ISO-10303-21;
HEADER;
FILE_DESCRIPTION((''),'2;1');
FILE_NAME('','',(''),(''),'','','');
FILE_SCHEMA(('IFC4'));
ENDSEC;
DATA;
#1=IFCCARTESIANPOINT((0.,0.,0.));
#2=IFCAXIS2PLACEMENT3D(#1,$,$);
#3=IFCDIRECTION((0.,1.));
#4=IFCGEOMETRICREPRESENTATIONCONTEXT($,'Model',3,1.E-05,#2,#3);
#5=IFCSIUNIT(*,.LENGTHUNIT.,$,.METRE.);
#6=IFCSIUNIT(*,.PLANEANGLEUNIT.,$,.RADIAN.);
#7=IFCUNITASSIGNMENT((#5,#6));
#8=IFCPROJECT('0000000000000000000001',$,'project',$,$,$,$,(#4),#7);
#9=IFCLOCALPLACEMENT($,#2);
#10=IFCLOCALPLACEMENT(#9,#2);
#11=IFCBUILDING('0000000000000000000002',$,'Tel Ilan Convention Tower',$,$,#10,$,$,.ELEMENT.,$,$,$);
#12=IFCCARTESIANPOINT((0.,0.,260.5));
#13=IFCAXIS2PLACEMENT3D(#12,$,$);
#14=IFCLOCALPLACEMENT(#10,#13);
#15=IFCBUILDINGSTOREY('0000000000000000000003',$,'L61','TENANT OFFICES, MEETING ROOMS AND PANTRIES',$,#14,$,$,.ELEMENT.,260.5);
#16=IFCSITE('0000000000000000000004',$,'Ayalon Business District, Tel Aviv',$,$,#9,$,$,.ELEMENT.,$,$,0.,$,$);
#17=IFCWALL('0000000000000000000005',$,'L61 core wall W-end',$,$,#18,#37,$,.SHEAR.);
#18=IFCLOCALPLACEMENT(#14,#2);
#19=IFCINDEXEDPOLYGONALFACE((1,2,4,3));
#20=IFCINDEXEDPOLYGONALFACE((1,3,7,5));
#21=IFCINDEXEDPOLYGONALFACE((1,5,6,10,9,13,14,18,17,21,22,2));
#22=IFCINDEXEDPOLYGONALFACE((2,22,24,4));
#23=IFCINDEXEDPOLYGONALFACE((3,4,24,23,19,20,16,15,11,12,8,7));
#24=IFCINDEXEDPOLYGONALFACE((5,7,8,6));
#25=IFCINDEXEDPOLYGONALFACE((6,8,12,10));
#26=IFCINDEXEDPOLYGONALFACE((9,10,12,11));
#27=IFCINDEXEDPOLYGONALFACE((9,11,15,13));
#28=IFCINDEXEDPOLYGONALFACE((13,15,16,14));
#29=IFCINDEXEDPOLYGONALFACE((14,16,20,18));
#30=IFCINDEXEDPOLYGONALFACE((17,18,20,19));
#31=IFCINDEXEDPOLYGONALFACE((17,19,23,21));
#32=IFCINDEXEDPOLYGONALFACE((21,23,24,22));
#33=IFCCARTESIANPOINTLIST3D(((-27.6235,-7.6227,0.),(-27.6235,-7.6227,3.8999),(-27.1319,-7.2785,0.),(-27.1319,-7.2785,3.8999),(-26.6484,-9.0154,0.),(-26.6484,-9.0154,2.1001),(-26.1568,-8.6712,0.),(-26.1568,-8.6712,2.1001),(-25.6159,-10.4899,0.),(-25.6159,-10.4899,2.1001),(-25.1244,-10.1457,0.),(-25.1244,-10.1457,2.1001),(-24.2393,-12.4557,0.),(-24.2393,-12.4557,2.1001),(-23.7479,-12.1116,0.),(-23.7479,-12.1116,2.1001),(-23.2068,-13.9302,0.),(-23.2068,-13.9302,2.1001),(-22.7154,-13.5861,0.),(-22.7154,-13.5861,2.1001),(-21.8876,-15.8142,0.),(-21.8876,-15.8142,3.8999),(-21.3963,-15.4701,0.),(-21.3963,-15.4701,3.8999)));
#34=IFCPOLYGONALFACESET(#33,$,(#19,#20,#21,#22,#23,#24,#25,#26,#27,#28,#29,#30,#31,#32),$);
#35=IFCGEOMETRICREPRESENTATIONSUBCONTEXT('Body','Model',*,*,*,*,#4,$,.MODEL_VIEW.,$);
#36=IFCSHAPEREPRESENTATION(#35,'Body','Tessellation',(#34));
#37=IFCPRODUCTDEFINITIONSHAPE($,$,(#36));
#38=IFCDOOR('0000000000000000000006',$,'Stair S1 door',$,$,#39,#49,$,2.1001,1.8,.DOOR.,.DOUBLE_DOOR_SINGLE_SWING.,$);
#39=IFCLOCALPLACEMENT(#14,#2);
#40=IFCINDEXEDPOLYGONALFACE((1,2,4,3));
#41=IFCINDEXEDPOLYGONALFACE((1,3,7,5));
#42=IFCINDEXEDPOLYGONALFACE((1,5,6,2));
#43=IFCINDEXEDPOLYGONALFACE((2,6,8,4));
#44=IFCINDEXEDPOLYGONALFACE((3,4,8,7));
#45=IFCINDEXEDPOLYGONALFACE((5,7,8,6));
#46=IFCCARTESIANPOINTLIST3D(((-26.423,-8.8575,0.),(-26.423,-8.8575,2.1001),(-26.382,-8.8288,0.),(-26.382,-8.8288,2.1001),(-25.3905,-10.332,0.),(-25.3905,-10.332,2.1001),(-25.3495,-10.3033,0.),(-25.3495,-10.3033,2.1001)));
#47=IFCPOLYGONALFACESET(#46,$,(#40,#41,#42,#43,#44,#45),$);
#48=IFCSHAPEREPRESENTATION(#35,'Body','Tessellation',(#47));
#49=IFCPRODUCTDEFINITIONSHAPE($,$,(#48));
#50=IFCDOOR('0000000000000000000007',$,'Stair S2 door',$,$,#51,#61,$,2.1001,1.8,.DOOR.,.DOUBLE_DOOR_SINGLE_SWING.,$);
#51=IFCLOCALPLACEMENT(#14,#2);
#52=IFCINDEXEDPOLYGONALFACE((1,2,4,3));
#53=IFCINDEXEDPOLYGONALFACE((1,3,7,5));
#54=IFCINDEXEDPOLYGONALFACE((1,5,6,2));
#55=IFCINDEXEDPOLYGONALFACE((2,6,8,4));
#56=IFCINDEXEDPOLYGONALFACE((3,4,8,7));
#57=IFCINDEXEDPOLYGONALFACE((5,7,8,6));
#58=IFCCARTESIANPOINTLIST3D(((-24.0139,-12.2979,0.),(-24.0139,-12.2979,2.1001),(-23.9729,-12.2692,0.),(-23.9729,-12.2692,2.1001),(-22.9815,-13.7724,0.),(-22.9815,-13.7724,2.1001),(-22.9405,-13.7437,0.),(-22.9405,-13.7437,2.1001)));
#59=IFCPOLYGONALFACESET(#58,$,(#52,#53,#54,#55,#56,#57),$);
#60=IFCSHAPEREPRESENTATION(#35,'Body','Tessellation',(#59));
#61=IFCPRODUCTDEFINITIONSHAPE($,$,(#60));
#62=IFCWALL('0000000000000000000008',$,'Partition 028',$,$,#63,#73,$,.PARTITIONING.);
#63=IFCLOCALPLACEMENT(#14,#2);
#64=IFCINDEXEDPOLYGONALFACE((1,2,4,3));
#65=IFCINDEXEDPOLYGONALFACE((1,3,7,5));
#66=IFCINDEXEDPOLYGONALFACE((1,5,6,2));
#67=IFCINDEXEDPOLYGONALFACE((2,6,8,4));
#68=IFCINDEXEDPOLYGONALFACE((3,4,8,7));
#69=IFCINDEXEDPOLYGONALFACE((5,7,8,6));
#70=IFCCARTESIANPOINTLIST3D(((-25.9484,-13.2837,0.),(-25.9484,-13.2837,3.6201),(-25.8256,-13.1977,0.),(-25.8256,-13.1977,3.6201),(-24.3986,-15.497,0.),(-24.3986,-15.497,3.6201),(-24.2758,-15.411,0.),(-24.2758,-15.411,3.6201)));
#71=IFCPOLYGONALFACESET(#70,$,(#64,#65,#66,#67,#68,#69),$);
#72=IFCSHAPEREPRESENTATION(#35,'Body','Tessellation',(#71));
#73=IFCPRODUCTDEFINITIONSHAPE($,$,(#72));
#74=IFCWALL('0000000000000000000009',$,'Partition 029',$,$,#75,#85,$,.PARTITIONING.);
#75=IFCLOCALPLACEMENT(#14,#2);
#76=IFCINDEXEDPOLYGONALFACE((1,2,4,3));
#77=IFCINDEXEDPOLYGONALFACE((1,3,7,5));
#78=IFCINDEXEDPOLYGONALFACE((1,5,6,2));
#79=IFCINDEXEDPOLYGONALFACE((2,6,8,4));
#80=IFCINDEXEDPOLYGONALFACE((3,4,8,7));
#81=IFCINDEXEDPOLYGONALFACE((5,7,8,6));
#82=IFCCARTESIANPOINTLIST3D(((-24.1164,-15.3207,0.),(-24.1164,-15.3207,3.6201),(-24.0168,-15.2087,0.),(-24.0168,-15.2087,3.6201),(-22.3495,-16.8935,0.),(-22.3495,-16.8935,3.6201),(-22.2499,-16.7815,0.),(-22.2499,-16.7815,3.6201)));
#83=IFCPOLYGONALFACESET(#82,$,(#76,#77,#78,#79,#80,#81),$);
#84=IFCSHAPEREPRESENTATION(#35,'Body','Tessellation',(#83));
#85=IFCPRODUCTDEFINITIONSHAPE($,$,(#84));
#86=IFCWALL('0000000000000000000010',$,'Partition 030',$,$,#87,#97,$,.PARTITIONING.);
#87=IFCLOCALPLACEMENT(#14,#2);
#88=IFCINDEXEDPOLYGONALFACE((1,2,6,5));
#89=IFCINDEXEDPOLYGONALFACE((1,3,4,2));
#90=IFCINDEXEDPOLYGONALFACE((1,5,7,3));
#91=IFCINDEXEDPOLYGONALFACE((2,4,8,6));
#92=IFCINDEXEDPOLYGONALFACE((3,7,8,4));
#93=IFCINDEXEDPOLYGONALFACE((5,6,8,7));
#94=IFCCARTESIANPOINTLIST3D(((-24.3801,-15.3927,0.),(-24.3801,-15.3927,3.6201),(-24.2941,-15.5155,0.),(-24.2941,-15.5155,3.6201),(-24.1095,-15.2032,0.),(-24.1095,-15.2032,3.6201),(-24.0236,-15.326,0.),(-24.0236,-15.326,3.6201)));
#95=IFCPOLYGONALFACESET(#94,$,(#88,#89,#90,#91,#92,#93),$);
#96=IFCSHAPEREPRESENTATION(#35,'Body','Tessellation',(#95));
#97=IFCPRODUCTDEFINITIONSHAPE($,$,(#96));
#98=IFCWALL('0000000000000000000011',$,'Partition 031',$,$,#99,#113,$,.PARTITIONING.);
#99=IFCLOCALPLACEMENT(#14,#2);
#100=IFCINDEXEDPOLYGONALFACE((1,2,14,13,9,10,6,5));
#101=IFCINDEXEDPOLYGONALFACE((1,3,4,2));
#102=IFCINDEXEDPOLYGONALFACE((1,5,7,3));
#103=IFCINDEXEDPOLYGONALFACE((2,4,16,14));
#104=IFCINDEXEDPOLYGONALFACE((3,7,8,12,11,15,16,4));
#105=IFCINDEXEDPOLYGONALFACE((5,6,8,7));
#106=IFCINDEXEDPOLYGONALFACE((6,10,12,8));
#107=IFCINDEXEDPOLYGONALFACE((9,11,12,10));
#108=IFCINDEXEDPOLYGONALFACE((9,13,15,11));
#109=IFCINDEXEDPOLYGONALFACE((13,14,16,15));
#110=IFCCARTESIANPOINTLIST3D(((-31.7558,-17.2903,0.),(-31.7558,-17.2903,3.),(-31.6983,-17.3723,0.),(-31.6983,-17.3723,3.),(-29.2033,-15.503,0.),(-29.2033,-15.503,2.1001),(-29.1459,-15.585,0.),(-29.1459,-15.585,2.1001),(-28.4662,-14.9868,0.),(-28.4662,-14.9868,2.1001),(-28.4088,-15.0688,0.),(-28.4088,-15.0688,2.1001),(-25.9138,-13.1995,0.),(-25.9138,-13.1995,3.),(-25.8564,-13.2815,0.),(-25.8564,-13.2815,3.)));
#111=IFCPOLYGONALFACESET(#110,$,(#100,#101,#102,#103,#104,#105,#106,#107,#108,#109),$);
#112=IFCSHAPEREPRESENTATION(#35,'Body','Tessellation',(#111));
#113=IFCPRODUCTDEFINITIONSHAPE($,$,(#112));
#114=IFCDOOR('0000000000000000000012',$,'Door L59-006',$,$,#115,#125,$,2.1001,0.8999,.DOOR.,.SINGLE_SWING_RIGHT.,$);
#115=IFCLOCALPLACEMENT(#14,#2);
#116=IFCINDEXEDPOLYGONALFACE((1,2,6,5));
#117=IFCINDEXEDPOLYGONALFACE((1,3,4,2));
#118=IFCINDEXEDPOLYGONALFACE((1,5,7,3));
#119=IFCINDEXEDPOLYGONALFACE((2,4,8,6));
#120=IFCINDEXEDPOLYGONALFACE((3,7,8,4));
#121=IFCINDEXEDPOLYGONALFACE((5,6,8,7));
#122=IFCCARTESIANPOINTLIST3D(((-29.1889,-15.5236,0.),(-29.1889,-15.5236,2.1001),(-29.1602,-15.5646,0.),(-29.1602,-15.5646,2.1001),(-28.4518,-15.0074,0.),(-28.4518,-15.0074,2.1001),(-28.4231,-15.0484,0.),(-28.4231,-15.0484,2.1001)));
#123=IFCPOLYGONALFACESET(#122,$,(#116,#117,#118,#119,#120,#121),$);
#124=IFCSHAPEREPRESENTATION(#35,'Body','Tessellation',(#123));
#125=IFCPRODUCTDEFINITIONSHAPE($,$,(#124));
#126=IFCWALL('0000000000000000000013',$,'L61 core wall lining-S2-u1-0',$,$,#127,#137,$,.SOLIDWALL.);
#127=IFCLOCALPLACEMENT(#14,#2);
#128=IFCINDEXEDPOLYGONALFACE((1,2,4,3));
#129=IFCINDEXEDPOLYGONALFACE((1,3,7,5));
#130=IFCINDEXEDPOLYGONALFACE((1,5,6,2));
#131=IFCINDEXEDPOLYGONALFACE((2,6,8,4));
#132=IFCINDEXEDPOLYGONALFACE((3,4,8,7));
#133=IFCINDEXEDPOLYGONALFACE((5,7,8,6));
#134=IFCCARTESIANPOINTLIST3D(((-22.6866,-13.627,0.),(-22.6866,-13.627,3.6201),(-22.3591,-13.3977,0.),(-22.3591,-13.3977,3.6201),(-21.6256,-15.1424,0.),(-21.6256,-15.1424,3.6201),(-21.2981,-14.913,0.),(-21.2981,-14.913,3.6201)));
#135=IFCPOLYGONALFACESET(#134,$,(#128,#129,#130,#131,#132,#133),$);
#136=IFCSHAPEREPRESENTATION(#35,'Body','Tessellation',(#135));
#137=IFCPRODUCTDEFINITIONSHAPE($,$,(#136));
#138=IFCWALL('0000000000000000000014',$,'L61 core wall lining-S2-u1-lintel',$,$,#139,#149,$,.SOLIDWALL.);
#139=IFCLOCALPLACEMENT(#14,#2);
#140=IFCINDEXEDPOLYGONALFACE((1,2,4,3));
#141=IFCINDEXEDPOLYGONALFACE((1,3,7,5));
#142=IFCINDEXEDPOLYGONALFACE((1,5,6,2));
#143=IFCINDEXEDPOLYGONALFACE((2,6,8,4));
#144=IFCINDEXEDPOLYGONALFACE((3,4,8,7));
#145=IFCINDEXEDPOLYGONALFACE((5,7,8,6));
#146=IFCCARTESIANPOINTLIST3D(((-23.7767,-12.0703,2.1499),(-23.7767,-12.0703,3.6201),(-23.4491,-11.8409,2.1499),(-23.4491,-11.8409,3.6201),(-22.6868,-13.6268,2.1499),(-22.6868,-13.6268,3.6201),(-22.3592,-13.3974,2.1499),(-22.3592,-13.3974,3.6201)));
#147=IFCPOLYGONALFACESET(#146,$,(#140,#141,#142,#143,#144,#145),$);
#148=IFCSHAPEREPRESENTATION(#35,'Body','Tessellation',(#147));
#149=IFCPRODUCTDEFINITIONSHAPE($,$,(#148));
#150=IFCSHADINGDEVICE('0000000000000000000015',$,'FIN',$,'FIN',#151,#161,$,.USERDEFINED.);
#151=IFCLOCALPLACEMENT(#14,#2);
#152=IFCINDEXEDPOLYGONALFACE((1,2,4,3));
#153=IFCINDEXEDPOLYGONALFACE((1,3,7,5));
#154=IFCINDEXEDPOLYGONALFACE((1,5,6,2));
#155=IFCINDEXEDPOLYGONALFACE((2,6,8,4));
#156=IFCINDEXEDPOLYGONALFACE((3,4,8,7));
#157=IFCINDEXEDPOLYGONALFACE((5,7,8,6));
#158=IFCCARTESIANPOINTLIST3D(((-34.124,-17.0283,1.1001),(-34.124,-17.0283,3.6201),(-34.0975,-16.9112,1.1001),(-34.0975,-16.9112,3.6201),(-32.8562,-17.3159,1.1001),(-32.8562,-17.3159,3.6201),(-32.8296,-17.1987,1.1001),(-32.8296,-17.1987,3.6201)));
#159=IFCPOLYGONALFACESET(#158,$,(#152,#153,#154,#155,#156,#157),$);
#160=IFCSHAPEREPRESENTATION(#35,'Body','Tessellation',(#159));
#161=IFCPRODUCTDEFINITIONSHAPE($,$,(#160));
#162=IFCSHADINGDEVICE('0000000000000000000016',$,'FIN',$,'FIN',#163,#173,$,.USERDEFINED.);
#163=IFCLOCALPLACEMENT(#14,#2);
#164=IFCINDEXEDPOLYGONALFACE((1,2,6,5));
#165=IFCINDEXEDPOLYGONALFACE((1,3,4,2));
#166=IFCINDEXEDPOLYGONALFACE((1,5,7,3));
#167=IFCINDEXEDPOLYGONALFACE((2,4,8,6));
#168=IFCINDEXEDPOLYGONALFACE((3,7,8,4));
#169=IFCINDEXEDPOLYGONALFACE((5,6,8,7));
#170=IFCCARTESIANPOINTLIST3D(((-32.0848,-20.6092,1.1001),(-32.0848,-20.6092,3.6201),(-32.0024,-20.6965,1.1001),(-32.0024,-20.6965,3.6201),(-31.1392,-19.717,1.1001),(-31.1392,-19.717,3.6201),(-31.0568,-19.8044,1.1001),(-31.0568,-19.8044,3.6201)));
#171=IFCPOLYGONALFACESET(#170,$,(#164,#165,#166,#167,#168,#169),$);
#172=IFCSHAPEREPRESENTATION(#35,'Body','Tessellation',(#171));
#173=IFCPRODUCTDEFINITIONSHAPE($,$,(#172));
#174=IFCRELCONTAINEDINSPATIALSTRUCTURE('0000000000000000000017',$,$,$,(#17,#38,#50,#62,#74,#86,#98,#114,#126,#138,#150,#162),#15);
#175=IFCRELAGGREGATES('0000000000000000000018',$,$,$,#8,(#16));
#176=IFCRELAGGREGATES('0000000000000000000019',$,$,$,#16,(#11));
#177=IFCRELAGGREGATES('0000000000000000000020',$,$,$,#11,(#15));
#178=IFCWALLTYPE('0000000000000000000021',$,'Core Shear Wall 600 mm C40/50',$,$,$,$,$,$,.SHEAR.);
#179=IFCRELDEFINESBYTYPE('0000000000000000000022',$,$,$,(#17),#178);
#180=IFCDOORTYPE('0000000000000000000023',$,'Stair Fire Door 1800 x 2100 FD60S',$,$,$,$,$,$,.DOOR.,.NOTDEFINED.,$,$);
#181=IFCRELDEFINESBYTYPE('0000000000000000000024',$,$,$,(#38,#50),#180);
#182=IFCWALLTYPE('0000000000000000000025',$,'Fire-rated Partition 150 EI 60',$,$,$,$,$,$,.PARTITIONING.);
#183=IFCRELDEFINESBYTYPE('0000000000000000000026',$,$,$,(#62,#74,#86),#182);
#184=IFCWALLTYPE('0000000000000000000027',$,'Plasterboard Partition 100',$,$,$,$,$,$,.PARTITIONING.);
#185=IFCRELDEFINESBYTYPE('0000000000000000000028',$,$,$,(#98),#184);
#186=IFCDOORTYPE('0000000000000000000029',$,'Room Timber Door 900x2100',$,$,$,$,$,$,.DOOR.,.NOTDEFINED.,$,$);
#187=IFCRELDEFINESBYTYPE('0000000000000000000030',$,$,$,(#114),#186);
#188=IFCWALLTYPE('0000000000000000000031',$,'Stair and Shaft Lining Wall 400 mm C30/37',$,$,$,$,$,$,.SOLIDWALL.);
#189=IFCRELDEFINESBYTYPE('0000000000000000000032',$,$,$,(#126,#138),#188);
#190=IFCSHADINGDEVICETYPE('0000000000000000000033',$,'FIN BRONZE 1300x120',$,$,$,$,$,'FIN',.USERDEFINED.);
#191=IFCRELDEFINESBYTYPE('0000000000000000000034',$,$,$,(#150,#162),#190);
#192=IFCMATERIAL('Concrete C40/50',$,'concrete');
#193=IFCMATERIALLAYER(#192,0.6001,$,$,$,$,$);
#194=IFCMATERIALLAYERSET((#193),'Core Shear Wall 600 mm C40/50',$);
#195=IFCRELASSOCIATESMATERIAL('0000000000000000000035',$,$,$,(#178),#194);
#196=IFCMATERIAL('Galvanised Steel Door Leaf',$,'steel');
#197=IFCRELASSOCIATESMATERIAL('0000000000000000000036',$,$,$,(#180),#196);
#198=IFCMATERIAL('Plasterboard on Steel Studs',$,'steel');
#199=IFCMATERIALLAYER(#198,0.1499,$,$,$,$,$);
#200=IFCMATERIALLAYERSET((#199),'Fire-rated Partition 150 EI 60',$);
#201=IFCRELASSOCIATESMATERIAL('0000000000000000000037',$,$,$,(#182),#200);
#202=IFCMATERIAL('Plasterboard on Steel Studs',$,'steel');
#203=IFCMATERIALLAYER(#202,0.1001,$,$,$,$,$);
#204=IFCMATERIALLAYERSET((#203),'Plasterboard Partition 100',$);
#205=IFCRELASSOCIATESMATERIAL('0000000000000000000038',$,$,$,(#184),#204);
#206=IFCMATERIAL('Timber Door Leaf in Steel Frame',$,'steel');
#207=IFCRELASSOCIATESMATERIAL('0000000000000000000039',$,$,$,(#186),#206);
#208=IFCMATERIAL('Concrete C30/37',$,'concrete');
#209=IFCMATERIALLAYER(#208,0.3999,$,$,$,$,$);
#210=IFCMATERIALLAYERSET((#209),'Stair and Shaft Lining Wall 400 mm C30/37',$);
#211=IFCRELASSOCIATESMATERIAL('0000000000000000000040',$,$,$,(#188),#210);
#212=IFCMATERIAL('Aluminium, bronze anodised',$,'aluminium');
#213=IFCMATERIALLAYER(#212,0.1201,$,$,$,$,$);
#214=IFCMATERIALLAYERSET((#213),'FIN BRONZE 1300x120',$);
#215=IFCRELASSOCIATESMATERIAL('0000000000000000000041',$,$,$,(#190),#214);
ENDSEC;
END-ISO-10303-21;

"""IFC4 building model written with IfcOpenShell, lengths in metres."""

from ifc_helpers import new_model, si_unit, direction, frame, frame_2d, origin, origin_2d, place, context, subcontext, project, spatial, polyline, rectangle, outline, extrude, material, layer, layer_set, type_object, element, fill, save


model = new_model("IFC4")

# Units and contexts
model_context = context("Model", 3, precision=1e-05, world=origin(), true_north=direction((0.0, 1.0)))
body_context = subcontext(model_context, "Body", "Model", "MODEL_VIEW")
ifc_project = project(units=[si_unit("LENGTHUNIT", "METRE"), si_unit("PLANEANGLEUNIT", "RADIAN")], contexts=[model_context])

# Site, building, storey
site_placement = place(None, origin())
site = spatial("IfcSite", under=ifc_project, at=site_placement, Name="Ayalon Business District, Tel Aviv", CompositionType="ELEMENT", RefElevation=0.0)
building_placement = place(site_placement, origin())
building = spatial("IfcBuilding", under=site, at=building_placement, Name="Tel Ilan Convention Tower", CompositionType="ELEMENT")
storey_placement = place(building_placement, frame((0.0, 0.0, 260.5)))
storey = spatial("IfcBuildingStorey", under=building, at=storey_placement, Name="L61", Description="TENANT OFFICES, MEETING ROOMS AND PANTRIES", CompositionType="ELEMENT", Elevation=260.5)

# Wall, openings, doors
ifc_material_1 = material(Name="Concrete C40/50", Category="concrete")
ifc_layer_1 = layer(ifc_material_1, 0.6001)
ifc_layer_set_1 = layer_set([ifc_layer_1], Name="Core Shear Wall 600 mm C40/50")
wall_type_1 = type_object("IfcWallType", Name="Core Shear Wall 600 mm C40/50", PredefinedType="SHEAR", material=ifc_layer_set_1)
wall_1_placement = place(storey_placement, frame((-21.6418, -15.6421, 0.0), z_axis=(0.0, 0.0, 1.0), x_axis=(-0.573587, 0.819145, 0.0)))
wall_1 = element("IfcWall", 1, at=wall_1_placement, inside=storey, type_object=wall_type_1, Name="L61 core wall W-end", PredefinedType="SHEAR", context=body_context, shape_type="SweptSolid", body=[
    extrude(outline(polyline([(0.0, 0.3), (0.0, -0.2998), (10.0, -0.3), (10.0, 0.3), (0.0, 0.3)])), origin(), (0.0, 0.0, 1.0), 3.8999),
])
opening_1_placement = place(wall_1_placement, frame((6.5, 0.0, 0.0)))
opening_1 = element("IfcOpeningElement", 2, at=opening_1_placement, cuts=wall_1, PredefinedType="OPENING", context=body_context, shape_type="SweptSolid", body=[
    extrude(rectangle(XDim=1.8, YDim=2.1001, at=frame_2d((0.8999, 1.05))), frame((0.0, 0.3101, 0.0), z_axis=(0.0, -1.0, 0.0), x_axis=(1.0, 0.0, 0.0)), (0.0, 0.0, 1.0), 0.6201),
])
opening_2_placement = place(wall_1_placement, frame((2.3, 0.0, 0.0)))
opening_2 = element("IfcOpeningElement", 3, at=opening_2_placement, cuts=wall_1, PredefinedType="OPENING", context=body_context, shape_type="SweptSolid", body=[
    extrude(rectangle(XDim=1.8, YDim=2.1001, at=frame_2d((0.8999, 1.05))), frame((0.0, 0.3101, 0.0), z_axis=(0.0, -1.0, 0.0), x_axis=(1.0, 0.0, 0.0)), (0.0, 0.0, 1.0), 0.6201),
])
ifc_material_2 = material(Name="Galvanised Steel Door Leaf", Category="steel")
door_type_1 = type_object("IfcDoorType", Name="Stair Fire Door 1800 x 2100 FD60S", OperationType="NOTDEFINED", PredefinedType="DOOR", material=ifc_material_2)
door_1_placement = place(opening_1_placement, origin())
door_1 = element("IfcDoor", 4, at=door_1_placement, inside=storey, type_object=door_type_1, Name="Stair S1 door", OperationType="DOUBLE_DOOR_SINGLE_SWING", OverallHeight=2.1001, OverallWidth=1.8, PredefinedType="DOOR", context=body_context, shape_type="SweptSolid", body=[
    extrude(rectangle(XDim=1.8, YDim=2.1001, at=frame_2d((0.8999, 1.05))), frame((0.0, 0.0249, 0.0), z_axis=(0.0, -1.0, 0.0), x_axis=(1.0, 0.0, 0.0)), (0.0, 0.0, 1.0), 0.05),
])
fill(opening_1, door_1)
door_2_placement = place(opening_2_placement, origin())
door_2 = element("IfcDoor", 5, at=door_2_placement, inside=storey, type_object=door_type_1, Name="Stair S2 door", OperationType="DOUBLE_DOOR_SINGLE_SWING", OverallHeight=2.1001, OverallWidth=1.8, PredefinedType="DOOR", context=body_context, shape_type="SweptSolid", body=[
    extrude(rectangle(XDim=1.8, YDim=2.1001, at=frame_2d((0.8999, 1.05))), frame((0.0, 0.0249, 0.0), z_axis=(0.0, -1.0, 0.0), x_axis=(1.0, 0.0, 0.0)), (0.0, 0.0, 1.0), 0.05),
])
fill(opening_2, door_2)

# Walls
ifc_material_3 = material(Name="Plasterboard on Steel Studs", Category="steel")
ifc_layer_2 = layer(ifc_material_3, 0.1499)
ifc_layer_set_2 = layer_set([ifc_layer_2], Name="Fire-rated Partition 150 EI 60")
wall_type_2 = type_object("IfcWallType", Name="Fire-rated Partition 150 EI 60", PredefinedType="PARTITIONING", material=ifc_layer_set_2)
wall_2_placement = place(storey_placement, frame((-24.3372, -15.4541, 0.0), z_axis=(0.0, 0.0, 1.0), x_axis=(-0.573571, 0.819156, 0.0)))
element("IfcWall", 6, at=wall_2_placement, inside=storey, type_object=wall_type_2, Name="Partition 028", PredefinedType="PARTITIONING", context=body_context, shape_type="SweptSolid", body=[
    extrude(rectangle(XDim=2.7019, YDim=0.1499, at=frame_2d((1.3511, 0.0))), origin(), (0.0, 0.0, 1.0), 3.6201),
])
wall_3_placement = place(storey_placement, frame((-22.2998, -16.8374, 0.0), z_axis=(0.0, 0.0, 1.0), x_axis=(-0.746942, 0.664889, 0.0)))
element("IfcWall", 7, at=wall_3_placement, inside=storey, type_object=wall_type_2, Name="Partition 029", PredefinedType="PARTITIONING", context=body_context, shape_type="SweptSolid", body=[
    extrude(rectangle(XDim=2.3655, YDim=0.1499, at=frame_2d((1.1826, 0.0))), origin(), (0.0, 0.0, 1.0), 3.6201),
])
wall_4_placement = place(storey_placement, frame((-24.0667, -15.2646, 0.0), z_axis=(0.0, 0.0, 1.0), x_axis=(-0.819093, -0.573661, 0.0)))
element("IfcWall", 8, at=wall_4_placement, inside=storey, type_object=wall_type_2, Name="Partition 030", PredefinedType="PARTITIONING", context=body_context, shape_type="SweptSolid", body=[
    extrude(rectangle(XDim=0.3303, YDim=0.1499, at=frame_2d((0.165, 0.0))), origin(), (0.0, 0.0, 1.0), 3.6201),
])

# Wall, opening, door
ifc_material_4 = material(Name="Plasterboard on Steel Studs", Category="steel")
ifc_layer_3 = layer(ifc_material_4, 0.1001)
ifc_layer_set_3 = layer_set([ifc_layer_3], Name="Plasterboard Partition 100")
wall_type_3 = type_object("IfcWallType", Name="Plasterboard Partition 100", PredefinedType="PARTITIONING", material=ifc_layer_set_3)
wall_5_placement = place(storey_placement, frame((-31.7271, -17.3313, 0.0), z_axis=(0.0, 0.0, 1.0), x_axis=(0.81914, 0.573593, 0.0)))
wall_5 = element("IfcWall", 9, at=wall_5_placement, inside=storey, type_object=wall_type_3, Name="Partition 031", PredefinedType="PARTITIONING", context=body_context, shape_type="SweptSolid", body=[
    extrude(rectangle(XDim=7.1318, YDim=0.1001, at=frame_2d((3.5659, 0.0))), origin(), (0.0, 0.0, 1.0), 3.0),
])
opening_3_placement = place(wall_5_placement, frame((3.116, 0.0, 0.0)))
opening_3 = element("IfcOpeningElement", 10, at=opening_3_placement, cuts=wall_5, PredefinedType="OPENING", context=body_context, shape_type="SweptSolid", body=[
    extrude(rectangle(XDim=0.8999, YDim=2.1001, at=frame_2d((0.45, 1.05))), frame((0.0, 0.0601, 0.0), z_axis=(0.0, -1.0, 0.0), x_axis=(1.0, 0.0, 0.0)), (0.0, 0.0, 1.0), 0.1201),
])
ifc_material_5 = material(Name="Timber Door Leaf in Steel Frame", Category="steel")
door_type_2 = type_object("IfcDoorType", Name="Room Timber Door 900x2100", OperationType="NOTDEFINED", PredefinedType="DOOR", material=ifc_material_5)
door_3_placement = place(opening_3_placement, origin())
door_3 = element("IfcDoor", 11, at=door_3_placement, inside=storey, type_object=door_type_2, Name="Door L59-006", OperationType="SINGLE_SWING_RIGHT", OverallHeight=2.1001, OverallWidth=0.8999, PredefinedType="DOOR", context=body_context, shape_type="SweptSolid", body=[
    extrude(rectangle(XDim=0.8999, YDim=2.1001, at=frame_2d((0.45, 1.05))), frame((0.0, 0.0249, 0.0), z_axis=(0.0, -1.0, 0.0), x_axis=(1.0, 0.0, 0.0)), (0.0, 0.0, 1.0), 0.05),
])
fill(opening_3, door_3)

# Walls
ifc_material_6 = material(Name="Concrete C30/37", Category="concrete")
ifc_layer_4 = layer(ifc_material_6, 0.3999)
ifc_layer_set_4 = layer_set([ifc_layer_4], Name="Stair and Shaft Lining Wall 400 mm C30/37")
wall_type_4 = type_object("IfcWallType", Name="Stair and Shaft Lining Wall 400 mm C30/37", PredefinedType="SOLIDWALL", material=ifc_layer_set_4)
wall_6_placement = place(storey_placement, frame((-21.4619, -15.0276, 0.0), z_axis=(0.0, 0.0, 1.0), x_axis=(-0.57356, 0.819164, 0.0)))
element("IfcWall", 12, at=wall_6_placement, inside=storey, type_object=wall_type_4, Name="L61 core wall lining-S2-u1-0", PredefinedType="SOLIDWALL", context=body_context, shape_type="SweptSolid", body=[
    extrude(rectangle(XDim=1.8499, YDim=0.3999, at=frame_2d((0.9248, 0.0))), origin(), (0.0, 0.0, 1.0), 3.6201),
])
wall_7_placement = place(storey_placement, frame((-22.5229, -13.5122, 2.1499), z_axis=(0.0, 0.0, 1.0), x_axis=(-0.573592, 0.819141, 0.0)))
element("IfcWall", 13, at=wall_7_placement, inside=storey, type_object=wall_type_4, Name="L61 core wall lining-S2-u1-lintel", PredefinedType="SOLIDWALL", context=body_context, shape_type="SweptSolid", body=[
    extrude(rectangle(XDim=1.9001, YDim=0.3999, at=frame_2d((0.9502, 0.0))), origin(), (0.0, 0.0, 1.0), 1.4702),
])

# Shading devices
ifc_material_7 = material(Name="Aluminium, bronze anodised", Category="aluminium")
ifc_layer_5 = layer(ifc_material_7, 0.1201)
ifc_layer_set_5 = layer_set([ifc_layer_5], Name="FIN BRONZE 1300x120")
shading_device_type = type_object("IfcShadingDeviceType", Name="FIN BRONZE 1300x120", ElementType="FIN", PredefinedType="USERDEFINED", material=ifc_layer_set_5)
for number, where, z_axis, x_axis, name in (
    (14, (-33.4768, -17.1135, 1.1001), (0.0, 0.0, 1.0), (-0.975235, 0.22117, 0.0), "FIN"),
    (15, (-31.5708, -20.2068, 1.1001), (0.0, 0.0, 1.0), (-0.727374, -0.686242, 0.0), "FIN"),
):
    element("IfcShadingDevice", number, at=place(storey_placement, frame(where, z_axis=z_axis, x_axis=x_axis)), inside=storey, type_object=shading_device_type, Name=name, ObjectType="FIN", PredefinedType="USERDEFINED", context=body_context, shape_type="SweptSolid", body=[
        extrude(rectangle(XDim=1.3, YDim=0.1201, at=origin_2d()), origin(), (0.0, 0.0, 1.0), 2.52),
    ])

save(model, "model.ifc")
